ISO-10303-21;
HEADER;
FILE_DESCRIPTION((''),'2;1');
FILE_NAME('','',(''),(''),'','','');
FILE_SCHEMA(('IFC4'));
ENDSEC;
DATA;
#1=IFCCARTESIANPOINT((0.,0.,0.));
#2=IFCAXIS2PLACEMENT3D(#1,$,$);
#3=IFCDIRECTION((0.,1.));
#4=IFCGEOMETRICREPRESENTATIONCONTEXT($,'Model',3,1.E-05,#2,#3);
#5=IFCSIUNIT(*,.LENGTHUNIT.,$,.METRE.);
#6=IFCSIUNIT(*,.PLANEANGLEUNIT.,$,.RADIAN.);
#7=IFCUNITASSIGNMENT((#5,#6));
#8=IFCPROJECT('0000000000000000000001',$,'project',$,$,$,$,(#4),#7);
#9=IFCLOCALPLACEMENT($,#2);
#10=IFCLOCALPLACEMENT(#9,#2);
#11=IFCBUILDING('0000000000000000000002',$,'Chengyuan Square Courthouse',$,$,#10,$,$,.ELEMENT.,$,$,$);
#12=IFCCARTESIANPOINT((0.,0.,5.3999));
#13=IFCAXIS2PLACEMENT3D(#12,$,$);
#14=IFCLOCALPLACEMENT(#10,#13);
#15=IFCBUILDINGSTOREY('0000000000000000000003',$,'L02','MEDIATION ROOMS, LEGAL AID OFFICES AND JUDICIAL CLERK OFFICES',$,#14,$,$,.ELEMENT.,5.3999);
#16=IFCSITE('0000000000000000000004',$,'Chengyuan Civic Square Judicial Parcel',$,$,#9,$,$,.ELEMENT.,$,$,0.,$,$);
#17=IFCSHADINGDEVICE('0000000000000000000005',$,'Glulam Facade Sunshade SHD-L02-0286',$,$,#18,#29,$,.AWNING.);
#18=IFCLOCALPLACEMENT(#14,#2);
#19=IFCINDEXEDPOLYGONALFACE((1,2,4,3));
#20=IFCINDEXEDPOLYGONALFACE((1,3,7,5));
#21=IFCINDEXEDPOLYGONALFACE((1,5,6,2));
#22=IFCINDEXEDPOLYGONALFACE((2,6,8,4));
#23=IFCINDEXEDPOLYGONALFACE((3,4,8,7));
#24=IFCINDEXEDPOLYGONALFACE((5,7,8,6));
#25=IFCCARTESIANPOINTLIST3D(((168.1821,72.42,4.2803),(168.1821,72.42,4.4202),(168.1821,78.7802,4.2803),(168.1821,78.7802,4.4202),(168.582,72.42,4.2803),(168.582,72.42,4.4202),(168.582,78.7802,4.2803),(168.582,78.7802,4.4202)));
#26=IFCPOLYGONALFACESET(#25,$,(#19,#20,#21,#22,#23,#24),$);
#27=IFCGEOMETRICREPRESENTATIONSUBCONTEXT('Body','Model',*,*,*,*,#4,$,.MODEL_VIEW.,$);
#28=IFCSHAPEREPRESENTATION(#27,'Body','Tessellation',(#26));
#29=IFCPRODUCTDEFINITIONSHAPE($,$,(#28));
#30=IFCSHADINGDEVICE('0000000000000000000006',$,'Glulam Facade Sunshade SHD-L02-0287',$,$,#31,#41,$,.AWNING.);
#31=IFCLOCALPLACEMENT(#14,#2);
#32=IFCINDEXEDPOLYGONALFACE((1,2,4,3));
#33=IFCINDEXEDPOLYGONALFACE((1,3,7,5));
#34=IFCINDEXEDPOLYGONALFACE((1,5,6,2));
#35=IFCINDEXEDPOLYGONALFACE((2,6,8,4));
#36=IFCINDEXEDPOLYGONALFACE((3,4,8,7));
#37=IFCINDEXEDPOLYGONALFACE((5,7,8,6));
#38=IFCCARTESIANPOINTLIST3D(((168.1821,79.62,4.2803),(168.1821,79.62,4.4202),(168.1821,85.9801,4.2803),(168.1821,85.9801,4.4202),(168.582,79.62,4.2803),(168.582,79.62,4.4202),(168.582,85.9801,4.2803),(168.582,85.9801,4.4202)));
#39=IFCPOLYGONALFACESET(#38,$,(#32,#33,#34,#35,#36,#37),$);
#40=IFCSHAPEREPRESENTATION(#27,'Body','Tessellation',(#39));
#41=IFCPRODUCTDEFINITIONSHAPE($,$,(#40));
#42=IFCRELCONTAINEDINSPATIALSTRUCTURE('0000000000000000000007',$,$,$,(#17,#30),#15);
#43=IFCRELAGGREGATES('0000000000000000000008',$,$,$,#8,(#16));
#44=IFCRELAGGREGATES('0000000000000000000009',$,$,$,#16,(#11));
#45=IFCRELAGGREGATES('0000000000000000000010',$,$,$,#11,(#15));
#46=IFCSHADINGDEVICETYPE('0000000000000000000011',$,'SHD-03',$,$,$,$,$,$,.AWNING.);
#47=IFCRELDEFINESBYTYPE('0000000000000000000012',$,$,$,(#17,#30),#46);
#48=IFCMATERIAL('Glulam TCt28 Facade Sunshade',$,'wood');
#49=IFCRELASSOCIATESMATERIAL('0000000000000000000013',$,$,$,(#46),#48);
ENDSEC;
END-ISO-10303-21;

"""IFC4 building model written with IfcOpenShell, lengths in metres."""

from ifc_helpers import new_model, si_unit, direction, frame, origin, origin_2d, place, context, subcontext, project, spatial, rectangle, extrude, material, type_object, element, save


model = new_model("IFC4")

# Units and contexts
model_context = context("Model", 3, precision=1e-05, world=origin(), true_north=direction((0.0, 1.0)))
body_context = subcontext(model_context, "Body", "Model", "MODEL_VIEW")
ifc_project = project(units=[si_unit("LENGTHUNIT", "METRE"), si_unit("PLANEANGLEUNIT", "RADIAN")], contexts=[model_context])

# Site, building, storey
site_placement = place(None, origin())
site = spatial("IfcSite", under=ifc_project, at=site_placement, Name="Chengyuan Civic Square Judicial Parcel", CompositionType="ELEMENT", RefElevation=0.0)
building_placement = place(site_placement, origin())
building = spatial("IfcBuilding", under=site, at=building_placement, Name="Chengyuan Square Courthouse", CompositionType="ELEMENT")
storey_placement = place(building_placement, frame((0.0, 0.0, 5.3999)))
storey = spatial("IfcBuildingStorey", under=building, at=storey_placement, Name="L02", Description="MEDIATION ROOMS, LEGAL AID OFFICES AND JUDICIAL CLERK OFFICES", CompositionType="ELEMENT", Elevation=5.3999)

# Shading devices
ifc_material_1 = material(Name="Glulam TCt28 Facade Sunshade", Category="wood")
shading_device_type = type_object("IfcShadingDeviceType", Name="SHD-03", PredefinedType="AWNING", material=ifc_material_1)
for number, where, z_axis, x_axis, name in (
    (1, (168.3821, 75.6001, 4.2803), (0.0, 0.0, 1.0), (0.0, 1.0, 0.0), "Glulam Facade Sunshade SHD-L02-0286"),
    (2, (168.3821, 82.8, 4.2803), (0.0, 0.0, 1.0), (0.0, 1.0, 0.0), "Glulam Facade Sunshade SHD-L02-0287"),
):
    element("IfcShadingDevice", number, at=place(storey_placement, frame(where, z_axis=z_axis, x_axis=x_axis)), inside=storey, type_object=shading_device_type, Name=name, PredefinedType="AWNING", context=body_context, shape_type="SweptSolid", body=[
        extrude(rectangle(XDim=6.3601, YDim=0.3999, at=origin_2d()), origin(), (0.0, 0.0, 1.0), 0.1399),
    ])

save(model, "model.ifc")
